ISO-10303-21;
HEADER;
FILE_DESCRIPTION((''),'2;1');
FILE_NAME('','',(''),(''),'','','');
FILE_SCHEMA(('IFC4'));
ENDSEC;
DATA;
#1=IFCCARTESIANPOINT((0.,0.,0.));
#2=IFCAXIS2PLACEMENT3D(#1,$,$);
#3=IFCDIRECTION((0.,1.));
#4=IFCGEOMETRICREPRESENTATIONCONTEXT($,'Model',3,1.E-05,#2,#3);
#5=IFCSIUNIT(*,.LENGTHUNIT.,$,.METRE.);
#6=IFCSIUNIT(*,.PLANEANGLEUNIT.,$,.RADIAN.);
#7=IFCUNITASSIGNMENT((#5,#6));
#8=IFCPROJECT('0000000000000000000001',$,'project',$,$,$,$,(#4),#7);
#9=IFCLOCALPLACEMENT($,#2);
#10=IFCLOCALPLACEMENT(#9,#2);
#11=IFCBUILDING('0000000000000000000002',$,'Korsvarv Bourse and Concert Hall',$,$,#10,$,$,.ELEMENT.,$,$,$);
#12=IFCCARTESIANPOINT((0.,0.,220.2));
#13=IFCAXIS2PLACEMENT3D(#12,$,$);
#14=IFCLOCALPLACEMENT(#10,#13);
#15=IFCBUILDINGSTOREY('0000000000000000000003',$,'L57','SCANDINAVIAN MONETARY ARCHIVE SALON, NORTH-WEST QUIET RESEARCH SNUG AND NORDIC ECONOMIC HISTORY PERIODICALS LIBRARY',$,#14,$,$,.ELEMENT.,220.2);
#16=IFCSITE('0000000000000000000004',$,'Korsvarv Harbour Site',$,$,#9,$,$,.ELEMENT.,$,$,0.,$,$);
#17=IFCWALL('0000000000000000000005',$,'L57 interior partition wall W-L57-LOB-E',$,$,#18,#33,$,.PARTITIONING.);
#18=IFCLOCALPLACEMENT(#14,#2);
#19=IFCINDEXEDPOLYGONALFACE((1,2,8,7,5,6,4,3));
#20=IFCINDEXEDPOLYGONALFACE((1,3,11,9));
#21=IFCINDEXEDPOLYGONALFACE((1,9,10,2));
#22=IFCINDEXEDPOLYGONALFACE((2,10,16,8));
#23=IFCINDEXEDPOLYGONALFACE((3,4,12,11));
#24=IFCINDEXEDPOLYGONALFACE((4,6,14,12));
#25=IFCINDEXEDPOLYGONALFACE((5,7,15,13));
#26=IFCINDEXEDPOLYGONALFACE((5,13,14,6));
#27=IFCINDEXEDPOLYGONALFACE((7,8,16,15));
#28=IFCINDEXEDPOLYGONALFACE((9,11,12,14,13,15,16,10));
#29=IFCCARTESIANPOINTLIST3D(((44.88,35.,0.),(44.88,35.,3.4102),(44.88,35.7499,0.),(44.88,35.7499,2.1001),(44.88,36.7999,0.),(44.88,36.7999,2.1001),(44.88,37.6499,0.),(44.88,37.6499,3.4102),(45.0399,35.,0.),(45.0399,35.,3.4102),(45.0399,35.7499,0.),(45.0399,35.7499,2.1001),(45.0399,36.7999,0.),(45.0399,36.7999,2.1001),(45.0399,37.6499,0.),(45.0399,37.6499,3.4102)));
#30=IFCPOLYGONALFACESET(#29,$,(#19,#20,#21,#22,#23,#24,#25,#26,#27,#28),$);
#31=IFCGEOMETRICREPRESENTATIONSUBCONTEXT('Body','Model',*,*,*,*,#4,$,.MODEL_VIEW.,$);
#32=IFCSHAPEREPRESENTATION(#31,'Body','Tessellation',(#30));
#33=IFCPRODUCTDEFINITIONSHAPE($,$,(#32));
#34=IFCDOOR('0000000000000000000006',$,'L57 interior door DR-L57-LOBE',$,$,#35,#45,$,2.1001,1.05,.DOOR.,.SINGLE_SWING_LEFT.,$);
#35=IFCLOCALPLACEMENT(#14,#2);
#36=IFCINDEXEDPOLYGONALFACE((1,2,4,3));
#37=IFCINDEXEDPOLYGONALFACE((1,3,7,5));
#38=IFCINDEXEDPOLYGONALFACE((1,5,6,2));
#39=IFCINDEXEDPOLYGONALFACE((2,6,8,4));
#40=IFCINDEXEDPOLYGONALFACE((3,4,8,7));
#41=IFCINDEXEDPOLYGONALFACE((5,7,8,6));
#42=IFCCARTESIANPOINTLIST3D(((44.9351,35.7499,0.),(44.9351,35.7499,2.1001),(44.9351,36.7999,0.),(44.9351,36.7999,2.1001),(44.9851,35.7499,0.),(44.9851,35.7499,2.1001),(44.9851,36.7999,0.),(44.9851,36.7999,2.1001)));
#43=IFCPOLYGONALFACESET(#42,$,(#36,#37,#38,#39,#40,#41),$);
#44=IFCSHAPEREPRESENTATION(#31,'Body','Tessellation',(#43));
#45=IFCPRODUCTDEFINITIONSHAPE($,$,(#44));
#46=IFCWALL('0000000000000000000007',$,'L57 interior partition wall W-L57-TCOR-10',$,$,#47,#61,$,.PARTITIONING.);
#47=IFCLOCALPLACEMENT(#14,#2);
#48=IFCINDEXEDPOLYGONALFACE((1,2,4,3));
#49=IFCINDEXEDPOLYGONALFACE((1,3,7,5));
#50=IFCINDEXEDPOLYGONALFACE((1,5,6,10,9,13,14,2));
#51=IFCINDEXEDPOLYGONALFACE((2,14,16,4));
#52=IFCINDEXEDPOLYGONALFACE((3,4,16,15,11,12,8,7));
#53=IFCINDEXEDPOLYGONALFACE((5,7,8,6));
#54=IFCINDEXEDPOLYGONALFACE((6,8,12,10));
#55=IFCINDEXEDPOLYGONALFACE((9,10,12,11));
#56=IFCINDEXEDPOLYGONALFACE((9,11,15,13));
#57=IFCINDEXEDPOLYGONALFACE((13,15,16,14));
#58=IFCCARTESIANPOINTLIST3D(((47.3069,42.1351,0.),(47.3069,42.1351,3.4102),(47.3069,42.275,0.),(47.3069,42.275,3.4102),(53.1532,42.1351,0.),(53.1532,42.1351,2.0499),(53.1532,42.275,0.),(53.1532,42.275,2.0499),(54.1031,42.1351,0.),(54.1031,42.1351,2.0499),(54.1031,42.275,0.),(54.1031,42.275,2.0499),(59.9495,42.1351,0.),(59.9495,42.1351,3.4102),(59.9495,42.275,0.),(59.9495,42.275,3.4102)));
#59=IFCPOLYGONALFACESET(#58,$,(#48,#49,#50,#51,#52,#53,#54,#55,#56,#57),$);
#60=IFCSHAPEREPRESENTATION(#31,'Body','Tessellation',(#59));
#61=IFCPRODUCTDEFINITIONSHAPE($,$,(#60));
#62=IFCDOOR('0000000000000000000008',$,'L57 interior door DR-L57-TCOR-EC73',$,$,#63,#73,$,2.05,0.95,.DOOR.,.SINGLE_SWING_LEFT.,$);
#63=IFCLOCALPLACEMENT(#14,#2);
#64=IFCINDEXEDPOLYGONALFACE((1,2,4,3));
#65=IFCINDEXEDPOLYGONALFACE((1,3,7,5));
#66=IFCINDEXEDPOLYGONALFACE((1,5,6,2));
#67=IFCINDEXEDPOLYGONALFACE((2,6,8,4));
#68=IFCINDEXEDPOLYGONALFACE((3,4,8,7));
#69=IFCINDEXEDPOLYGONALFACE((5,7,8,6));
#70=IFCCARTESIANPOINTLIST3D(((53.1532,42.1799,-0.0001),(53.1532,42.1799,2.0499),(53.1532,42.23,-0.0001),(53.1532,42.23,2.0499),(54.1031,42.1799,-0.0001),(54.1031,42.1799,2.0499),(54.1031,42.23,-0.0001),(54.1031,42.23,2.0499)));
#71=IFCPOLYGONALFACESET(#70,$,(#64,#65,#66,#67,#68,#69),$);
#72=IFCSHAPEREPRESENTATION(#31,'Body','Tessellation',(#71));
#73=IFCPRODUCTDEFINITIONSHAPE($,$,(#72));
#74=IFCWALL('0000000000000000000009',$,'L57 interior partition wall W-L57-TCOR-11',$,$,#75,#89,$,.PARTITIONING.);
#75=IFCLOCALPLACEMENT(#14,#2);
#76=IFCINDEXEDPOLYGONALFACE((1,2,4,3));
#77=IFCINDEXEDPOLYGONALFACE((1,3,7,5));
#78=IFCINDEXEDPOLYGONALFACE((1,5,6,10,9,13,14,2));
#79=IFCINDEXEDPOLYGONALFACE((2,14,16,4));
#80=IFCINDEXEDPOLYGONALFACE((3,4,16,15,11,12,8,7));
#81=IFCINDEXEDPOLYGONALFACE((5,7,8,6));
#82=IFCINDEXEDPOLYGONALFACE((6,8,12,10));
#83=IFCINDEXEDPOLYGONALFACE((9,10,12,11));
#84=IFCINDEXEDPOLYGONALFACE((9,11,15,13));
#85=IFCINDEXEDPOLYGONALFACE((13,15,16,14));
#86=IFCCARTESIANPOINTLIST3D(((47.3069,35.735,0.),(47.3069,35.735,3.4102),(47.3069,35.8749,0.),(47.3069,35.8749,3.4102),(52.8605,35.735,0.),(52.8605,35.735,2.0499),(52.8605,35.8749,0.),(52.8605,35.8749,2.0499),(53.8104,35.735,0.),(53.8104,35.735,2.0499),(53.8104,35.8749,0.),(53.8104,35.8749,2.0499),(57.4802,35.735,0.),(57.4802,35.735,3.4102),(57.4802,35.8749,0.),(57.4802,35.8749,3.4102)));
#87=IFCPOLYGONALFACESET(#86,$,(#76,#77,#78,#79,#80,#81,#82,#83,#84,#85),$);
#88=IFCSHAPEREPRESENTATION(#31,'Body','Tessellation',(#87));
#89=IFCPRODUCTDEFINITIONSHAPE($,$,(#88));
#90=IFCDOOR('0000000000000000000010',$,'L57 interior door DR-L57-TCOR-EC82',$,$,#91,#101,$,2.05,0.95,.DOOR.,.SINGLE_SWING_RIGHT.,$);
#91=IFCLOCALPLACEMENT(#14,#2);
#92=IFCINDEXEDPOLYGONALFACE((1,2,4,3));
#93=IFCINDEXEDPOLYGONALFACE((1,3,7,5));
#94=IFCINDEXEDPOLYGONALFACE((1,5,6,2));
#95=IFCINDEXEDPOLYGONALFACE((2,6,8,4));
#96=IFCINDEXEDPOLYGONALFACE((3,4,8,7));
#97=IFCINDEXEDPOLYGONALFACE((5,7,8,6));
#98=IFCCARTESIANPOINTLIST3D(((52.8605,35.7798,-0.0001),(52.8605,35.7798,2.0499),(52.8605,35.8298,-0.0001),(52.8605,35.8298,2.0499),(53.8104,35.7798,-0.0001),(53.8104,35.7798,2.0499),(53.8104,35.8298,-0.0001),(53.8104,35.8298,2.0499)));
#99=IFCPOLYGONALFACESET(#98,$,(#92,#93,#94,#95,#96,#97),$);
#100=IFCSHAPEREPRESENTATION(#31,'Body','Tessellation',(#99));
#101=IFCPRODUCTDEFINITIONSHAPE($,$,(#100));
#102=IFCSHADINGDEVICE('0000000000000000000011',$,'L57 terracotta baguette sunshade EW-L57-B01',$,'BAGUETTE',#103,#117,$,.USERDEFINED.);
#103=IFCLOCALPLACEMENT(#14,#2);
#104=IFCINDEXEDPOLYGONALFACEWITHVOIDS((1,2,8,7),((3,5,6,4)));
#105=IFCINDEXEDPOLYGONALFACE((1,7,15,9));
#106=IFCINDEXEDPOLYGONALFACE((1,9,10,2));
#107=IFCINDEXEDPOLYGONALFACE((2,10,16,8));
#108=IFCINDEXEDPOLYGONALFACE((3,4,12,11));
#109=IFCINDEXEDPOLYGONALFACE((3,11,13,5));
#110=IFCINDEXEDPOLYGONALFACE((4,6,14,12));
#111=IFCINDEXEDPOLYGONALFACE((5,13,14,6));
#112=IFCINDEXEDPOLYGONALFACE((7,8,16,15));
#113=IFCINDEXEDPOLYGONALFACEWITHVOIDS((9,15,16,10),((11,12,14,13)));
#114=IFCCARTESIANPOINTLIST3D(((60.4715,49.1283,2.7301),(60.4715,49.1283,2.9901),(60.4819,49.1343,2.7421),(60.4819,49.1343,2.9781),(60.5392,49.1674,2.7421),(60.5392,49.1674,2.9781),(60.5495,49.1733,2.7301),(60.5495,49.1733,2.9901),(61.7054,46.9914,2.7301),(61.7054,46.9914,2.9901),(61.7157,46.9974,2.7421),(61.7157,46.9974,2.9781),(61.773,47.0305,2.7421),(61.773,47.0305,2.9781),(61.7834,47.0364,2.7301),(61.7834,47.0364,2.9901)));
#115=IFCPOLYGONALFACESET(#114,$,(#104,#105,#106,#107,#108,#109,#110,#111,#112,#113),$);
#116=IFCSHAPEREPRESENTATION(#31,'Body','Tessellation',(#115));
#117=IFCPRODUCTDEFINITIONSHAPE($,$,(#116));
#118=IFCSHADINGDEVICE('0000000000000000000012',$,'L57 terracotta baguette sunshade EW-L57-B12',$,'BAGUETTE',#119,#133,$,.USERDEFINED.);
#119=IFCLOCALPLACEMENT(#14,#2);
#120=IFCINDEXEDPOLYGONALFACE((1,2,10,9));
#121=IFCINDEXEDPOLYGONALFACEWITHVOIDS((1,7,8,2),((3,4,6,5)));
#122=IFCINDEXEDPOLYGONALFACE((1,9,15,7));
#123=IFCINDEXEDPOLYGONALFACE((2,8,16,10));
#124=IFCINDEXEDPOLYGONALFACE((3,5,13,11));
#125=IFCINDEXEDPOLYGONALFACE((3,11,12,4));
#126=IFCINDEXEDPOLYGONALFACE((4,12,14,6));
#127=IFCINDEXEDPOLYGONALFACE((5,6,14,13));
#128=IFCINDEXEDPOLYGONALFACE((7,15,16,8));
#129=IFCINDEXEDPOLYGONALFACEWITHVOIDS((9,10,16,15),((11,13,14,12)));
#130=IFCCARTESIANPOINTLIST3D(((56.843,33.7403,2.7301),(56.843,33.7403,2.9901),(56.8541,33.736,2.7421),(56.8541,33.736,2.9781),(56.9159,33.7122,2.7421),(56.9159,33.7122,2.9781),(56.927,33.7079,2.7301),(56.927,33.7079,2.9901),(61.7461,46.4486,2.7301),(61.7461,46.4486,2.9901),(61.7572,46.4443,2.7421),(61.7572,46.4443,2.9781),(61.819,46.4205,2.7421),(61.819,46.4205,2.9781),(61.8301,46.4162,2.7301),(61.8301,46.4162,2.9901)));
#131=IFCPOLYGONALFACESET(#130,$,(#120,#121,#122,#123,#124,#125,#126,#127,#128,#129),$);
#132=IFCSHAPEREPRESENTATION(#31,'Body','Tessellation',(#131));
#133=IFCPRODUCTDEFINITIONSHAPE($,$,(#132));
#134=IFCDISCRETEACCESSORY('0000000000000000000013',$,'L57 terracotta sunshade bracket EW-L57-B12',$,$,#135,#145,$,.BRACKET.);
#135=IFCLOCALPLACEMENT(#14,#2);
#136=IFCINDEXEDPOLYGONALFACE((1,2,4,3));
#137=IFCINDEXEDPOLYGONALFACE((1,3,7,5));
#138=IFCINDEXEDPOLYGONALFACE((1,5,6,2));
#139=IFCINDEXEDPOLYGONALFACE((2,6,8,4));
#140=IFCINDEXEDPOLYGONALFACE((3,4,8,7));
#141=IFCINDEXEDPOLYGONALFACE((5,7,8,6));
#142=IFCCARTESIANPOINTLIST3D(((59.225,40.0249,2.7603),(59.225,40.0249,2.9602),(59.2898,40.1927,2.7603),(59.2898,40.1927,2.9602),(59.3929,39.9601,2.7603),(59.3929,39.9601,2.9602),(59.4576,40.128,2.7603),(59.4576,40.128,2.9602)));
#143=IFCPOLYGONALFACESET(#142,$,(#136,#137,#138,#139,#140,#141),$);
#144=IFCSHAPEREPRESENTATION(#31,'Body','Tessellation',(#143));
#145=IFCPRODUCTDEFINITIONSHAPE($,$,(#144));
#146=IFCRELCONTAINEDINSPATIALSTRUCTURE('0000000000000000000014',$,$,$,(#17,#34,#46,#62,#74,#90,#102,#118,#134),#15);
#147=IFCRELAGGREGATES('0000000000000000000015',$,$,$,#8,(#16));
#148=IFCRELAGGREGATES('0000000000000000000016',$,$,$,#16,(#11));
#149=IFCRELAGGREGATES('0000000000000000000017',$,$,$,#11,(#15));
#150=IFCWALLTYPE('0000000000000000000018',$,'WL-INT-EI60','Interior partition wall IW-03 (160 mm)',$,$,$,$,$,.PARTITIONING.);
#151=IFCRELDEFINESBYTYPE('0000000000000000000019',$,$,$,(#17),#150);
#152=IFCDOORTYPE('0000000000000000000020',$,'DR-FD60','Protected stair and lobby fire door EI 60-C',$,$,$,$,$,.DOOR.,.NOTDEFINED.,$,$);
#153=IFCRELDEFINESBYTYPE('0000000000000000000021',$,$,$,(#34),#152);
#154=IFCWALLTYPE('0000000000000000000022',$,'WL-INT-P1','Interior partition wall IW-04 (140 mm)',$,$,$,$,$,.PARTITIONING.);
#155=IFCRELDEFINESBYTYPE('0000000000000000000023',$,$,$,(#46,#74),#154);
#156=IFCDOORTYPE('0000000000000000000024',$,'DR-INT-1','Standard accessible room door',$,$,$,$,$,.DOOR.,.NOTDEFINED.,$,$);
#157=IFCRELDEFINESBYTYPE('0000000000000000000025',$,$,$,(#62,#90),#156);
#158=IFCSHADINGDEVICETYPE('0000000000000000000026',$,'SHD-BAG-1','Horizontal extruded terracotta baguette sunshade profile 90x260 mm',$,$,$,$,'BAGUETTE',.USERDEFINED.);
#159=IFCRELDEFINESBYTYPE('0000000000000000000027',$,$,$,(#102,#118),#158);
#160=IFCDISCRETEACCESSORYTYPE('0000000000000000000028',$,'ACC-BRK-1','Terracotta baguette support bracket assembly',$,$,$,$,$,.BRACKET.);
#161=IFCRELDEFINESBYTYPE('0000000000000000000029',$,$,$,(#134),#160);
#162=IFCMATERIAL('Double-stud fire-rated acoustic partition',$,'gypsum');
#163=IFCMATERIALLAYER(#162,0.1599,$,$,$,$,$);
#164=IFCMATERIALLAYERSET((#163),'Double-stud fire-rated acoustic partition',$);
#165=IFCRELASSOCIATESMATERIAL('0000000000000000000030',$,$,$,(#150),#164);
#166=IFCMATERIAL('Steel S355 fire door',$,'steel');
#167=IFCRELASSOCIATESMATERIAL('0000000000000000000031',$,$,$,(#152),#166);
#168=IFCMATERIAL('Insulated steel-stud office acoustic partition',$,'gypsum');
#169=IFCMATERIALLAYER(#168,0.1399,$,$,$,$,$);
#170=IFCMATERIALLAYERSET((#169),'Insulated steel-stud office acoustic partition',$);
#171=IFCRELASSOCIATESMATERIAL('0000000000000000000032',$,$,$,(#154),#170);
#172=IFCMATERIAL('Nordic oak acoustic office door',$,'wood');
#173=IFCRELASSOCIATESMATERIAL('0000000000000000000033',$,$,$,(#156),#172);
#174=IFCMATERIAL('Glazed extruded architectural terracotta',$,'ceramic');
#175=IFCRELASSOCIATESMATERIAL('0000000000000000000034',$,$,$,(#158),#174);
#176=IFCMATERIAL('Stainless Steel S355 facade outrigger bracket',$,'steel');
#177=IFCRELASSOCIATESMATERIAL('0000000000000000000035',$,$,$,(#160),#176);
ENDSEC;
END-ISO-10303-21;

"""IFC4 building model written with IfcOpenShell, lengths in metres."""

from ifc_helpers import new_model, si_unit, direction, frame, frame_2d, origin, origin_2d, place, context, subcontext, project, spatial, rectangle, hollow_rectangle, extrude, source, transform, mapped, material, layer, layer_set, material_profile, profile_set, type_object, element, fill, save


model = new_model("IFC4")

# Units and contexts
model_context = context("Model", 3, precision=1e-05, world=origin(), true_north=direction((0.0, 1.0)))
body_context = subcontext(model_context, "Body", "Model", "MODEL_VIEW")
ifc_project = project(units=[si_unit("LENGTHUNIT", "METRE"), si_unit("PLANEANGLEUNIT", "RADIAN")], contexts=[model_context])

# Site, building, storey
site_placement = place(None, origin())
site = spatial("IfcSite", under=ifc_project, at=site_placement, Name="Korsvarv Harbour Site", CompositionType="ELEMENT", RefElevation=0.0)
building_placement = place(site_placement, origin())
building = spatial("IfcBuilding", under=site, at=building_placement, Name="Korsvarv Bourse and Concert Hall", CompositionType="ELEMENT")
storey_placement = place(building_placement, frame((0.0, 0.0, 220.2)))
storey = spatial("IfcBuildingStorey", under=building, at=storey_placement, Name="L57", Description="SCANDINAVIAN MONETARY ARCHIVE SALON, NORTH-WEST QUIET RESEARCH SNUG AND NORDIC ECONOMIC HISTORY PERIODICALS LIBRARY", CompositionType="ELEMENT", Elevation=220.2)

# Walls, openings, doors
ifc_material_1 = material(Name="Double-stud fire-rated acoustic partition", Category="gypsum")
ifc_layer_1 = layer(ifc_material_1, 0.1599)
ifc_layer_set_1 = layer_set([ifc_layer_1], Name="Double-stud fire-rated acoustic partition")
wall_type_1 = type_object("IfcWallType", Name="WL-INT-EI60", Description="Interior partition wall IW-03 (160 mm)", PredefinedType="PARTITIONING", material=ifc_layer_set_1)
wall_1_placement = place(storey_placement, frame((44.96, 35.0, 0.0), z_axis=(0.0, 0.0, 1.0), x_axis=(0.0, 1.0, 0.0)))
wall_1 = element("IfcWall", 1, at=wall_1_placement, inside=storey, type_object=wall_type_1, Name="L57 interior partition wall W-L57-LOB-E", PredefinedType="PARTITIONING", context=body_context, shape_type="SweptSolid", body=[
    extrude(rectangle(XDim=2.6499, YDim=0.1599, at=frame_2d((1.325, 0.0))), origin(), (0.0, 0.0, 1.0), 3.4102),
])
opening_1_placement = place(wall_1_placement, frame((0.75, 0.0, 0.0)))
opening_1 = element("IfcOpeningElement", 2, at=opening_1_placement, cuts=wall_1, PredefinedType="OPENING", context=body_context, shape_type="SweptSolid", body=[
    extrude(rectangle(XDim=1.05, YDim=2.1001, at=frame_2d((0.5249, 1.05))), frame((0.0, 0.0898, 0.0), z_axis=(0.0, -1.0, 0.0), x_axis=(1.0, 0.0, 0.0)), (0.0, 0.0, 1.0), 0.1799),
])
ifc_material_2 = material(Name="Steel S355 fire door", Category="steel")
door_type_1 = type_object("IfcDoorType", Name="DR-FD60", Description="Protected stair and lobby fire door EI 60-C", OperationType="NOTDEFINED", PredefinedType="DOOR", material=ifc_material_2)
door_1_placement = place(opening_1_placement, origin())
door_1 = element("IfcDoor", 3, at=door_1_placement, inside=storey, type_object=door_type_1, Name="L57 interior door DR-L57-LOBE", OperationType="SINGLE_SWING_LEFT", OverallHeight=2.1001, OverallWidth=1.05, PredefinedType="DOOR", context=body_context, shape_type="SweptSolid", body=[
    extrude(rectangle(XDim=1.05, YDim=2.1001, at=frame_2d((0.5249, 1.05))), frame((0.0, 0.0249, 0.0), z_axis=(0.0, -1.0, 0.0), x_axis=(1.0, 0.0, 0.0)), (0.0, 0.0, 1.0), 0.05),
])
fill(opening_1, door_1)
ifc_material_3 = material(Name="Insulated steel-stud office acoustic partition", Category="gypsum")
ifc_layer_2 = layer(ifc_material_3, 0.1399)
ifc_layer_set_2 = layer_set([ifc_layer_2], Name="Insulated steel-stud office acoustic partition")
wall_type_2 = type_object("IfcWallType", Name="WL-INT-P1", Description="Interior partition wall IW-04 (140 mm)", PredefinedType="PARTITIONING", material=ifc_layer_set_2)
wall_2_placement = place(storey_placement, frame((47.3069, 42.2051, 0.0), z_axis=(0.0, 0.0, 1.0), x_axis=(1.0, 0.0, 0.0)))
wall_2 = element("IfcWall", 4, at=wall_2_placement, inside=storey, type_object=wall_type_2, Name="L57 interior partition wall W-L57-TCOR-10", PredefinedType="PARTITIONING", context=body_context, shape_type="SweptSolid", body=[
    extrude(rectangle(XDim=12.6426, YDim=0.1399, at=frame_2d((6.3213, 0.0))), origin(), (0.0, 0.0, 1.0), 3.4102),
])
opening_2_placement = place(wall_2_placement, frame((5.8462, 0.0, 0.0)))
opening_2 = element("IfcOpeningElement", 5, at=opening_2_placement, cuts=wall_2, PredefinedType="OPENING", context=body_context, shape_type="SweptSolid", body=[
    extrude(rectangle(XDim=0.95, YDim=2.05, at=frame_2d((0.4751, 1.0249))), frame((0.0, 0.0801, 0.0), z_axis=(0.0, -1.0, 0.0), x_axis=(1.0, 0.0, 0.0)), (0.0, 0.0, 1.0), 0.1599),
])
ifc_material_4 = material(Name="Nordic oak acoustic office door", Category="wood")
door_type_2 = type_object("IfcDoorType", Name="DR-INT-1", Description="Standard accessible room door", OperationType="NOTDEFINED", PredefinedType="DOOR", material=ifc_material_4)
door_2_placement = place(opening_2_placement, origin())
door_2 = element("IfcDoor", 6, at=door_2_placement, inside=storey, type_object=door_type_2, Name="L57 interior door DR-L57-TCOR-EC73", OperationType="SINGLE_SWING_LEFT", OverallHeight=2.05, OverallWidth=0.95, PredefinedType="DOOR", context=body_context, shape_type="SweptSolid", body=[
    extrude(rectangle(XDim=0.95, YDim=2.05, at=frame_2d((0.4751, 1.0249))), frame((0.0, 0.0249, 0.0), z_axis=(0.0, -1.0, 0.0), x_axis=(1.0, 0.0, 0.0)), (0.0, 0.0, 1.0), 0.05),
])
fill(opening_2, door_2)
wall_3_placement = place(storey_placement, frame((47.3069, 35.8049, 0.0), z_axis=(0.0, 0.0, 1.0), x_axis=(1.0, 0.0, 0.0)))
wall_3 = element("IfcWall", 7, at=wall_3_placement, inside=storey, type_object=wall_type_2, Name="L57 interior partition wall W-L57-TCOR-11", PredefinedType="PARTITIONING", context=body_context, shape_type="SweptSolid", body=[
    extrude(rectangle(XDim=10.1733, YDim=0.1399, at=frame_2d((5.0867, 0.0))), origin(), (0.0, 0.0, 1.0), 3.4102),
])
opening_3_placement = place(wall_3_placement, frame((5.5535, 0.0, 0.0)))
opening_3 = element("IfcOpeningElement", 8, at=opening_3_placement, cuts=wall_3, PredefinedType="OPENING", context=body_context, shape_type="SweptSolid", body=[
    extrude(rectangle(XDim=0.95, YDim=2.05, at=frame_2d((0.4751, 1.0249))), frame((0.0, 0.0801, 0.0), z_axis=(0.0, -1.0, 0.0), x_axis=(1.0, 0.0, 0.0)), (0.0, 0.0, 1.0), 0.1599),
])
door_3_placement = place(opening_3_placement, origin())
door_3 = element("IfcDoor", 9, at=door_3_placement, inside=storey, type_object=door_type_2, Name="L57 interior door DR-L57-TCOR-EC82", OperationType="SINGLE_SWING_RIGHT", OverallHeight=2.05, OverallWidth=0.95, PredefinedType="DOOR", context=body_context, shape_type="SweptSolid", body=[
    extrude(rectangle(XDim=0.95, YDim=2.05, at=frame_2d((0.4751, 1.0249))), frame((0.0, 0.0249, 0.0), z_axis=(0.0, -1.0, 0.0), x_axis=(1.0, 0.0, 0.0)), (0.0, 0.0, 1.0), 0.05),
])
fill(opening_3, door_3)

# Shading devices
ifc_material_5 = material(Name="Glazed extruded architectural terracotta", Category="ceramic")
ifc_material_profile_1 = material_profile(ifc_material_5, hollow_rectangle(XDim=0.0901, YDim=0.26, WallThickness=0.012, at=origin_2d()), Name="TC-BAG 90x260")
ifc_profile_set_1 = profile_set([ifc_material_profile_1], Name="Glazed extruded architectural terracotta")
shading_device_type = type_object("IfcShadingDeviceType", Name="SHD-BAG-1", Description="Horizontal extruded terracotta baguette sunshade profile 90x260 mm", ElementType="BAGUETTE", PredefinedType="USERDEFINED", material=ifc_profile_set_1)
shared_shape_1 = source(origin(), body_context, "Body", "SweptSolid", [
    extrude(hollow_rectangle(XDim=0.0901, YDim=0.26, WallThickness=0.012, at=origin_2d()), origin(), (0.0, 0.0, 1.0), 2.4675),
])
shading_device_1_placement = place(storey_placement, frame((61.7444, 47.0139, 2.8601), z_axis=(-0.500034, 0.866006, 0.0), x_axis=(-0.866006, -0.500034, 0.0)))
element("IfcShadingDevice", 10, at=shading_device_1_placement, inside=storey, type_object=shading_device_type, Name="L57 terracotta baguette sunshade EW-L57-B01", ObjectType="BAGUETTE", PredefinedType="USERDEFINED", context=body_context, shape_type="MappedRepresentation", body=[
    mapped(shared_shape_1, transform((0.0, 0.0, 0.0), scale=1.0)),
])
shared_shape_2 = source(origin(), body_context, "Body", "SweptSolid", [
    extrude(hollow_rectangle(XDim=0.0901, YDim=0.26, WallThickness=0.012, at=origin_2d()), origin(), (0.0, 0.0, 1.0), 13.6213),
])
shading_device_2_placement = place(storey_placement, frame((56.885, 33.7241, 2.8601), z_axis=(0.359957, 0.932969, 0.0), x_axis=(-0.932969, 0.359957, 0.0)))
element("IfcShadingDevice", 11, at=shading_device_2_placement, inside=storey, type_object=shading_device_type, Name="L57 terracotta baguette sunshade EW-L57-B12", ObjectType="BAGUETTE", PredefinedType="USERDEFINED", context=body_context, shape_type="MappedRepresentation", body=[
    mapped(shared_shape_2, transform((0.0, 0.0, 0.0), scale=1.0)),
])

# Discrete accessory
ifc_material_6 = material(Name="Stainless Steel S355 facade outrigger bracket", Category="steel")
discrete_accessory_type = type_object("IfcDiscreteAccessoryType", Name="ACC-BRK-1", Description="Terracotta baguette support bracket assembly", PredefinedType="BRACKET", material=ifc_material_6)
shared_shape_3 = source(origin(), body_context, "Body", "SweptSolid", [
    extrude(rectangle(XDim=0.1799, YDim=0.1799, at=origin_2d()), origin(), (0.0, 0.0, 1.0), 0.2),
])
discrete_accessory_placement = place(storey_placement, frame((59.3413, 40.0764, 2.7603), z_axis=(0.0, 0.0, 1.0), x_axis=(0.359997, 0.932954, 0.0)))
element("IfcDiscreteAccessory", 12, at=discrete_accessory_placement, inside=storey, type_object=discrete_accessory_type, Name="L57 terracotta sunshade bracket EW-L57-B12", PredefinedType="BRACKET", context=body_context, shape_type="MappedRepresentation", body=[
    mapped(shared_shape_3, transform((0.0, 0.0, 0.0), scale=1.0)),
])

save(model, "model.ifc")
